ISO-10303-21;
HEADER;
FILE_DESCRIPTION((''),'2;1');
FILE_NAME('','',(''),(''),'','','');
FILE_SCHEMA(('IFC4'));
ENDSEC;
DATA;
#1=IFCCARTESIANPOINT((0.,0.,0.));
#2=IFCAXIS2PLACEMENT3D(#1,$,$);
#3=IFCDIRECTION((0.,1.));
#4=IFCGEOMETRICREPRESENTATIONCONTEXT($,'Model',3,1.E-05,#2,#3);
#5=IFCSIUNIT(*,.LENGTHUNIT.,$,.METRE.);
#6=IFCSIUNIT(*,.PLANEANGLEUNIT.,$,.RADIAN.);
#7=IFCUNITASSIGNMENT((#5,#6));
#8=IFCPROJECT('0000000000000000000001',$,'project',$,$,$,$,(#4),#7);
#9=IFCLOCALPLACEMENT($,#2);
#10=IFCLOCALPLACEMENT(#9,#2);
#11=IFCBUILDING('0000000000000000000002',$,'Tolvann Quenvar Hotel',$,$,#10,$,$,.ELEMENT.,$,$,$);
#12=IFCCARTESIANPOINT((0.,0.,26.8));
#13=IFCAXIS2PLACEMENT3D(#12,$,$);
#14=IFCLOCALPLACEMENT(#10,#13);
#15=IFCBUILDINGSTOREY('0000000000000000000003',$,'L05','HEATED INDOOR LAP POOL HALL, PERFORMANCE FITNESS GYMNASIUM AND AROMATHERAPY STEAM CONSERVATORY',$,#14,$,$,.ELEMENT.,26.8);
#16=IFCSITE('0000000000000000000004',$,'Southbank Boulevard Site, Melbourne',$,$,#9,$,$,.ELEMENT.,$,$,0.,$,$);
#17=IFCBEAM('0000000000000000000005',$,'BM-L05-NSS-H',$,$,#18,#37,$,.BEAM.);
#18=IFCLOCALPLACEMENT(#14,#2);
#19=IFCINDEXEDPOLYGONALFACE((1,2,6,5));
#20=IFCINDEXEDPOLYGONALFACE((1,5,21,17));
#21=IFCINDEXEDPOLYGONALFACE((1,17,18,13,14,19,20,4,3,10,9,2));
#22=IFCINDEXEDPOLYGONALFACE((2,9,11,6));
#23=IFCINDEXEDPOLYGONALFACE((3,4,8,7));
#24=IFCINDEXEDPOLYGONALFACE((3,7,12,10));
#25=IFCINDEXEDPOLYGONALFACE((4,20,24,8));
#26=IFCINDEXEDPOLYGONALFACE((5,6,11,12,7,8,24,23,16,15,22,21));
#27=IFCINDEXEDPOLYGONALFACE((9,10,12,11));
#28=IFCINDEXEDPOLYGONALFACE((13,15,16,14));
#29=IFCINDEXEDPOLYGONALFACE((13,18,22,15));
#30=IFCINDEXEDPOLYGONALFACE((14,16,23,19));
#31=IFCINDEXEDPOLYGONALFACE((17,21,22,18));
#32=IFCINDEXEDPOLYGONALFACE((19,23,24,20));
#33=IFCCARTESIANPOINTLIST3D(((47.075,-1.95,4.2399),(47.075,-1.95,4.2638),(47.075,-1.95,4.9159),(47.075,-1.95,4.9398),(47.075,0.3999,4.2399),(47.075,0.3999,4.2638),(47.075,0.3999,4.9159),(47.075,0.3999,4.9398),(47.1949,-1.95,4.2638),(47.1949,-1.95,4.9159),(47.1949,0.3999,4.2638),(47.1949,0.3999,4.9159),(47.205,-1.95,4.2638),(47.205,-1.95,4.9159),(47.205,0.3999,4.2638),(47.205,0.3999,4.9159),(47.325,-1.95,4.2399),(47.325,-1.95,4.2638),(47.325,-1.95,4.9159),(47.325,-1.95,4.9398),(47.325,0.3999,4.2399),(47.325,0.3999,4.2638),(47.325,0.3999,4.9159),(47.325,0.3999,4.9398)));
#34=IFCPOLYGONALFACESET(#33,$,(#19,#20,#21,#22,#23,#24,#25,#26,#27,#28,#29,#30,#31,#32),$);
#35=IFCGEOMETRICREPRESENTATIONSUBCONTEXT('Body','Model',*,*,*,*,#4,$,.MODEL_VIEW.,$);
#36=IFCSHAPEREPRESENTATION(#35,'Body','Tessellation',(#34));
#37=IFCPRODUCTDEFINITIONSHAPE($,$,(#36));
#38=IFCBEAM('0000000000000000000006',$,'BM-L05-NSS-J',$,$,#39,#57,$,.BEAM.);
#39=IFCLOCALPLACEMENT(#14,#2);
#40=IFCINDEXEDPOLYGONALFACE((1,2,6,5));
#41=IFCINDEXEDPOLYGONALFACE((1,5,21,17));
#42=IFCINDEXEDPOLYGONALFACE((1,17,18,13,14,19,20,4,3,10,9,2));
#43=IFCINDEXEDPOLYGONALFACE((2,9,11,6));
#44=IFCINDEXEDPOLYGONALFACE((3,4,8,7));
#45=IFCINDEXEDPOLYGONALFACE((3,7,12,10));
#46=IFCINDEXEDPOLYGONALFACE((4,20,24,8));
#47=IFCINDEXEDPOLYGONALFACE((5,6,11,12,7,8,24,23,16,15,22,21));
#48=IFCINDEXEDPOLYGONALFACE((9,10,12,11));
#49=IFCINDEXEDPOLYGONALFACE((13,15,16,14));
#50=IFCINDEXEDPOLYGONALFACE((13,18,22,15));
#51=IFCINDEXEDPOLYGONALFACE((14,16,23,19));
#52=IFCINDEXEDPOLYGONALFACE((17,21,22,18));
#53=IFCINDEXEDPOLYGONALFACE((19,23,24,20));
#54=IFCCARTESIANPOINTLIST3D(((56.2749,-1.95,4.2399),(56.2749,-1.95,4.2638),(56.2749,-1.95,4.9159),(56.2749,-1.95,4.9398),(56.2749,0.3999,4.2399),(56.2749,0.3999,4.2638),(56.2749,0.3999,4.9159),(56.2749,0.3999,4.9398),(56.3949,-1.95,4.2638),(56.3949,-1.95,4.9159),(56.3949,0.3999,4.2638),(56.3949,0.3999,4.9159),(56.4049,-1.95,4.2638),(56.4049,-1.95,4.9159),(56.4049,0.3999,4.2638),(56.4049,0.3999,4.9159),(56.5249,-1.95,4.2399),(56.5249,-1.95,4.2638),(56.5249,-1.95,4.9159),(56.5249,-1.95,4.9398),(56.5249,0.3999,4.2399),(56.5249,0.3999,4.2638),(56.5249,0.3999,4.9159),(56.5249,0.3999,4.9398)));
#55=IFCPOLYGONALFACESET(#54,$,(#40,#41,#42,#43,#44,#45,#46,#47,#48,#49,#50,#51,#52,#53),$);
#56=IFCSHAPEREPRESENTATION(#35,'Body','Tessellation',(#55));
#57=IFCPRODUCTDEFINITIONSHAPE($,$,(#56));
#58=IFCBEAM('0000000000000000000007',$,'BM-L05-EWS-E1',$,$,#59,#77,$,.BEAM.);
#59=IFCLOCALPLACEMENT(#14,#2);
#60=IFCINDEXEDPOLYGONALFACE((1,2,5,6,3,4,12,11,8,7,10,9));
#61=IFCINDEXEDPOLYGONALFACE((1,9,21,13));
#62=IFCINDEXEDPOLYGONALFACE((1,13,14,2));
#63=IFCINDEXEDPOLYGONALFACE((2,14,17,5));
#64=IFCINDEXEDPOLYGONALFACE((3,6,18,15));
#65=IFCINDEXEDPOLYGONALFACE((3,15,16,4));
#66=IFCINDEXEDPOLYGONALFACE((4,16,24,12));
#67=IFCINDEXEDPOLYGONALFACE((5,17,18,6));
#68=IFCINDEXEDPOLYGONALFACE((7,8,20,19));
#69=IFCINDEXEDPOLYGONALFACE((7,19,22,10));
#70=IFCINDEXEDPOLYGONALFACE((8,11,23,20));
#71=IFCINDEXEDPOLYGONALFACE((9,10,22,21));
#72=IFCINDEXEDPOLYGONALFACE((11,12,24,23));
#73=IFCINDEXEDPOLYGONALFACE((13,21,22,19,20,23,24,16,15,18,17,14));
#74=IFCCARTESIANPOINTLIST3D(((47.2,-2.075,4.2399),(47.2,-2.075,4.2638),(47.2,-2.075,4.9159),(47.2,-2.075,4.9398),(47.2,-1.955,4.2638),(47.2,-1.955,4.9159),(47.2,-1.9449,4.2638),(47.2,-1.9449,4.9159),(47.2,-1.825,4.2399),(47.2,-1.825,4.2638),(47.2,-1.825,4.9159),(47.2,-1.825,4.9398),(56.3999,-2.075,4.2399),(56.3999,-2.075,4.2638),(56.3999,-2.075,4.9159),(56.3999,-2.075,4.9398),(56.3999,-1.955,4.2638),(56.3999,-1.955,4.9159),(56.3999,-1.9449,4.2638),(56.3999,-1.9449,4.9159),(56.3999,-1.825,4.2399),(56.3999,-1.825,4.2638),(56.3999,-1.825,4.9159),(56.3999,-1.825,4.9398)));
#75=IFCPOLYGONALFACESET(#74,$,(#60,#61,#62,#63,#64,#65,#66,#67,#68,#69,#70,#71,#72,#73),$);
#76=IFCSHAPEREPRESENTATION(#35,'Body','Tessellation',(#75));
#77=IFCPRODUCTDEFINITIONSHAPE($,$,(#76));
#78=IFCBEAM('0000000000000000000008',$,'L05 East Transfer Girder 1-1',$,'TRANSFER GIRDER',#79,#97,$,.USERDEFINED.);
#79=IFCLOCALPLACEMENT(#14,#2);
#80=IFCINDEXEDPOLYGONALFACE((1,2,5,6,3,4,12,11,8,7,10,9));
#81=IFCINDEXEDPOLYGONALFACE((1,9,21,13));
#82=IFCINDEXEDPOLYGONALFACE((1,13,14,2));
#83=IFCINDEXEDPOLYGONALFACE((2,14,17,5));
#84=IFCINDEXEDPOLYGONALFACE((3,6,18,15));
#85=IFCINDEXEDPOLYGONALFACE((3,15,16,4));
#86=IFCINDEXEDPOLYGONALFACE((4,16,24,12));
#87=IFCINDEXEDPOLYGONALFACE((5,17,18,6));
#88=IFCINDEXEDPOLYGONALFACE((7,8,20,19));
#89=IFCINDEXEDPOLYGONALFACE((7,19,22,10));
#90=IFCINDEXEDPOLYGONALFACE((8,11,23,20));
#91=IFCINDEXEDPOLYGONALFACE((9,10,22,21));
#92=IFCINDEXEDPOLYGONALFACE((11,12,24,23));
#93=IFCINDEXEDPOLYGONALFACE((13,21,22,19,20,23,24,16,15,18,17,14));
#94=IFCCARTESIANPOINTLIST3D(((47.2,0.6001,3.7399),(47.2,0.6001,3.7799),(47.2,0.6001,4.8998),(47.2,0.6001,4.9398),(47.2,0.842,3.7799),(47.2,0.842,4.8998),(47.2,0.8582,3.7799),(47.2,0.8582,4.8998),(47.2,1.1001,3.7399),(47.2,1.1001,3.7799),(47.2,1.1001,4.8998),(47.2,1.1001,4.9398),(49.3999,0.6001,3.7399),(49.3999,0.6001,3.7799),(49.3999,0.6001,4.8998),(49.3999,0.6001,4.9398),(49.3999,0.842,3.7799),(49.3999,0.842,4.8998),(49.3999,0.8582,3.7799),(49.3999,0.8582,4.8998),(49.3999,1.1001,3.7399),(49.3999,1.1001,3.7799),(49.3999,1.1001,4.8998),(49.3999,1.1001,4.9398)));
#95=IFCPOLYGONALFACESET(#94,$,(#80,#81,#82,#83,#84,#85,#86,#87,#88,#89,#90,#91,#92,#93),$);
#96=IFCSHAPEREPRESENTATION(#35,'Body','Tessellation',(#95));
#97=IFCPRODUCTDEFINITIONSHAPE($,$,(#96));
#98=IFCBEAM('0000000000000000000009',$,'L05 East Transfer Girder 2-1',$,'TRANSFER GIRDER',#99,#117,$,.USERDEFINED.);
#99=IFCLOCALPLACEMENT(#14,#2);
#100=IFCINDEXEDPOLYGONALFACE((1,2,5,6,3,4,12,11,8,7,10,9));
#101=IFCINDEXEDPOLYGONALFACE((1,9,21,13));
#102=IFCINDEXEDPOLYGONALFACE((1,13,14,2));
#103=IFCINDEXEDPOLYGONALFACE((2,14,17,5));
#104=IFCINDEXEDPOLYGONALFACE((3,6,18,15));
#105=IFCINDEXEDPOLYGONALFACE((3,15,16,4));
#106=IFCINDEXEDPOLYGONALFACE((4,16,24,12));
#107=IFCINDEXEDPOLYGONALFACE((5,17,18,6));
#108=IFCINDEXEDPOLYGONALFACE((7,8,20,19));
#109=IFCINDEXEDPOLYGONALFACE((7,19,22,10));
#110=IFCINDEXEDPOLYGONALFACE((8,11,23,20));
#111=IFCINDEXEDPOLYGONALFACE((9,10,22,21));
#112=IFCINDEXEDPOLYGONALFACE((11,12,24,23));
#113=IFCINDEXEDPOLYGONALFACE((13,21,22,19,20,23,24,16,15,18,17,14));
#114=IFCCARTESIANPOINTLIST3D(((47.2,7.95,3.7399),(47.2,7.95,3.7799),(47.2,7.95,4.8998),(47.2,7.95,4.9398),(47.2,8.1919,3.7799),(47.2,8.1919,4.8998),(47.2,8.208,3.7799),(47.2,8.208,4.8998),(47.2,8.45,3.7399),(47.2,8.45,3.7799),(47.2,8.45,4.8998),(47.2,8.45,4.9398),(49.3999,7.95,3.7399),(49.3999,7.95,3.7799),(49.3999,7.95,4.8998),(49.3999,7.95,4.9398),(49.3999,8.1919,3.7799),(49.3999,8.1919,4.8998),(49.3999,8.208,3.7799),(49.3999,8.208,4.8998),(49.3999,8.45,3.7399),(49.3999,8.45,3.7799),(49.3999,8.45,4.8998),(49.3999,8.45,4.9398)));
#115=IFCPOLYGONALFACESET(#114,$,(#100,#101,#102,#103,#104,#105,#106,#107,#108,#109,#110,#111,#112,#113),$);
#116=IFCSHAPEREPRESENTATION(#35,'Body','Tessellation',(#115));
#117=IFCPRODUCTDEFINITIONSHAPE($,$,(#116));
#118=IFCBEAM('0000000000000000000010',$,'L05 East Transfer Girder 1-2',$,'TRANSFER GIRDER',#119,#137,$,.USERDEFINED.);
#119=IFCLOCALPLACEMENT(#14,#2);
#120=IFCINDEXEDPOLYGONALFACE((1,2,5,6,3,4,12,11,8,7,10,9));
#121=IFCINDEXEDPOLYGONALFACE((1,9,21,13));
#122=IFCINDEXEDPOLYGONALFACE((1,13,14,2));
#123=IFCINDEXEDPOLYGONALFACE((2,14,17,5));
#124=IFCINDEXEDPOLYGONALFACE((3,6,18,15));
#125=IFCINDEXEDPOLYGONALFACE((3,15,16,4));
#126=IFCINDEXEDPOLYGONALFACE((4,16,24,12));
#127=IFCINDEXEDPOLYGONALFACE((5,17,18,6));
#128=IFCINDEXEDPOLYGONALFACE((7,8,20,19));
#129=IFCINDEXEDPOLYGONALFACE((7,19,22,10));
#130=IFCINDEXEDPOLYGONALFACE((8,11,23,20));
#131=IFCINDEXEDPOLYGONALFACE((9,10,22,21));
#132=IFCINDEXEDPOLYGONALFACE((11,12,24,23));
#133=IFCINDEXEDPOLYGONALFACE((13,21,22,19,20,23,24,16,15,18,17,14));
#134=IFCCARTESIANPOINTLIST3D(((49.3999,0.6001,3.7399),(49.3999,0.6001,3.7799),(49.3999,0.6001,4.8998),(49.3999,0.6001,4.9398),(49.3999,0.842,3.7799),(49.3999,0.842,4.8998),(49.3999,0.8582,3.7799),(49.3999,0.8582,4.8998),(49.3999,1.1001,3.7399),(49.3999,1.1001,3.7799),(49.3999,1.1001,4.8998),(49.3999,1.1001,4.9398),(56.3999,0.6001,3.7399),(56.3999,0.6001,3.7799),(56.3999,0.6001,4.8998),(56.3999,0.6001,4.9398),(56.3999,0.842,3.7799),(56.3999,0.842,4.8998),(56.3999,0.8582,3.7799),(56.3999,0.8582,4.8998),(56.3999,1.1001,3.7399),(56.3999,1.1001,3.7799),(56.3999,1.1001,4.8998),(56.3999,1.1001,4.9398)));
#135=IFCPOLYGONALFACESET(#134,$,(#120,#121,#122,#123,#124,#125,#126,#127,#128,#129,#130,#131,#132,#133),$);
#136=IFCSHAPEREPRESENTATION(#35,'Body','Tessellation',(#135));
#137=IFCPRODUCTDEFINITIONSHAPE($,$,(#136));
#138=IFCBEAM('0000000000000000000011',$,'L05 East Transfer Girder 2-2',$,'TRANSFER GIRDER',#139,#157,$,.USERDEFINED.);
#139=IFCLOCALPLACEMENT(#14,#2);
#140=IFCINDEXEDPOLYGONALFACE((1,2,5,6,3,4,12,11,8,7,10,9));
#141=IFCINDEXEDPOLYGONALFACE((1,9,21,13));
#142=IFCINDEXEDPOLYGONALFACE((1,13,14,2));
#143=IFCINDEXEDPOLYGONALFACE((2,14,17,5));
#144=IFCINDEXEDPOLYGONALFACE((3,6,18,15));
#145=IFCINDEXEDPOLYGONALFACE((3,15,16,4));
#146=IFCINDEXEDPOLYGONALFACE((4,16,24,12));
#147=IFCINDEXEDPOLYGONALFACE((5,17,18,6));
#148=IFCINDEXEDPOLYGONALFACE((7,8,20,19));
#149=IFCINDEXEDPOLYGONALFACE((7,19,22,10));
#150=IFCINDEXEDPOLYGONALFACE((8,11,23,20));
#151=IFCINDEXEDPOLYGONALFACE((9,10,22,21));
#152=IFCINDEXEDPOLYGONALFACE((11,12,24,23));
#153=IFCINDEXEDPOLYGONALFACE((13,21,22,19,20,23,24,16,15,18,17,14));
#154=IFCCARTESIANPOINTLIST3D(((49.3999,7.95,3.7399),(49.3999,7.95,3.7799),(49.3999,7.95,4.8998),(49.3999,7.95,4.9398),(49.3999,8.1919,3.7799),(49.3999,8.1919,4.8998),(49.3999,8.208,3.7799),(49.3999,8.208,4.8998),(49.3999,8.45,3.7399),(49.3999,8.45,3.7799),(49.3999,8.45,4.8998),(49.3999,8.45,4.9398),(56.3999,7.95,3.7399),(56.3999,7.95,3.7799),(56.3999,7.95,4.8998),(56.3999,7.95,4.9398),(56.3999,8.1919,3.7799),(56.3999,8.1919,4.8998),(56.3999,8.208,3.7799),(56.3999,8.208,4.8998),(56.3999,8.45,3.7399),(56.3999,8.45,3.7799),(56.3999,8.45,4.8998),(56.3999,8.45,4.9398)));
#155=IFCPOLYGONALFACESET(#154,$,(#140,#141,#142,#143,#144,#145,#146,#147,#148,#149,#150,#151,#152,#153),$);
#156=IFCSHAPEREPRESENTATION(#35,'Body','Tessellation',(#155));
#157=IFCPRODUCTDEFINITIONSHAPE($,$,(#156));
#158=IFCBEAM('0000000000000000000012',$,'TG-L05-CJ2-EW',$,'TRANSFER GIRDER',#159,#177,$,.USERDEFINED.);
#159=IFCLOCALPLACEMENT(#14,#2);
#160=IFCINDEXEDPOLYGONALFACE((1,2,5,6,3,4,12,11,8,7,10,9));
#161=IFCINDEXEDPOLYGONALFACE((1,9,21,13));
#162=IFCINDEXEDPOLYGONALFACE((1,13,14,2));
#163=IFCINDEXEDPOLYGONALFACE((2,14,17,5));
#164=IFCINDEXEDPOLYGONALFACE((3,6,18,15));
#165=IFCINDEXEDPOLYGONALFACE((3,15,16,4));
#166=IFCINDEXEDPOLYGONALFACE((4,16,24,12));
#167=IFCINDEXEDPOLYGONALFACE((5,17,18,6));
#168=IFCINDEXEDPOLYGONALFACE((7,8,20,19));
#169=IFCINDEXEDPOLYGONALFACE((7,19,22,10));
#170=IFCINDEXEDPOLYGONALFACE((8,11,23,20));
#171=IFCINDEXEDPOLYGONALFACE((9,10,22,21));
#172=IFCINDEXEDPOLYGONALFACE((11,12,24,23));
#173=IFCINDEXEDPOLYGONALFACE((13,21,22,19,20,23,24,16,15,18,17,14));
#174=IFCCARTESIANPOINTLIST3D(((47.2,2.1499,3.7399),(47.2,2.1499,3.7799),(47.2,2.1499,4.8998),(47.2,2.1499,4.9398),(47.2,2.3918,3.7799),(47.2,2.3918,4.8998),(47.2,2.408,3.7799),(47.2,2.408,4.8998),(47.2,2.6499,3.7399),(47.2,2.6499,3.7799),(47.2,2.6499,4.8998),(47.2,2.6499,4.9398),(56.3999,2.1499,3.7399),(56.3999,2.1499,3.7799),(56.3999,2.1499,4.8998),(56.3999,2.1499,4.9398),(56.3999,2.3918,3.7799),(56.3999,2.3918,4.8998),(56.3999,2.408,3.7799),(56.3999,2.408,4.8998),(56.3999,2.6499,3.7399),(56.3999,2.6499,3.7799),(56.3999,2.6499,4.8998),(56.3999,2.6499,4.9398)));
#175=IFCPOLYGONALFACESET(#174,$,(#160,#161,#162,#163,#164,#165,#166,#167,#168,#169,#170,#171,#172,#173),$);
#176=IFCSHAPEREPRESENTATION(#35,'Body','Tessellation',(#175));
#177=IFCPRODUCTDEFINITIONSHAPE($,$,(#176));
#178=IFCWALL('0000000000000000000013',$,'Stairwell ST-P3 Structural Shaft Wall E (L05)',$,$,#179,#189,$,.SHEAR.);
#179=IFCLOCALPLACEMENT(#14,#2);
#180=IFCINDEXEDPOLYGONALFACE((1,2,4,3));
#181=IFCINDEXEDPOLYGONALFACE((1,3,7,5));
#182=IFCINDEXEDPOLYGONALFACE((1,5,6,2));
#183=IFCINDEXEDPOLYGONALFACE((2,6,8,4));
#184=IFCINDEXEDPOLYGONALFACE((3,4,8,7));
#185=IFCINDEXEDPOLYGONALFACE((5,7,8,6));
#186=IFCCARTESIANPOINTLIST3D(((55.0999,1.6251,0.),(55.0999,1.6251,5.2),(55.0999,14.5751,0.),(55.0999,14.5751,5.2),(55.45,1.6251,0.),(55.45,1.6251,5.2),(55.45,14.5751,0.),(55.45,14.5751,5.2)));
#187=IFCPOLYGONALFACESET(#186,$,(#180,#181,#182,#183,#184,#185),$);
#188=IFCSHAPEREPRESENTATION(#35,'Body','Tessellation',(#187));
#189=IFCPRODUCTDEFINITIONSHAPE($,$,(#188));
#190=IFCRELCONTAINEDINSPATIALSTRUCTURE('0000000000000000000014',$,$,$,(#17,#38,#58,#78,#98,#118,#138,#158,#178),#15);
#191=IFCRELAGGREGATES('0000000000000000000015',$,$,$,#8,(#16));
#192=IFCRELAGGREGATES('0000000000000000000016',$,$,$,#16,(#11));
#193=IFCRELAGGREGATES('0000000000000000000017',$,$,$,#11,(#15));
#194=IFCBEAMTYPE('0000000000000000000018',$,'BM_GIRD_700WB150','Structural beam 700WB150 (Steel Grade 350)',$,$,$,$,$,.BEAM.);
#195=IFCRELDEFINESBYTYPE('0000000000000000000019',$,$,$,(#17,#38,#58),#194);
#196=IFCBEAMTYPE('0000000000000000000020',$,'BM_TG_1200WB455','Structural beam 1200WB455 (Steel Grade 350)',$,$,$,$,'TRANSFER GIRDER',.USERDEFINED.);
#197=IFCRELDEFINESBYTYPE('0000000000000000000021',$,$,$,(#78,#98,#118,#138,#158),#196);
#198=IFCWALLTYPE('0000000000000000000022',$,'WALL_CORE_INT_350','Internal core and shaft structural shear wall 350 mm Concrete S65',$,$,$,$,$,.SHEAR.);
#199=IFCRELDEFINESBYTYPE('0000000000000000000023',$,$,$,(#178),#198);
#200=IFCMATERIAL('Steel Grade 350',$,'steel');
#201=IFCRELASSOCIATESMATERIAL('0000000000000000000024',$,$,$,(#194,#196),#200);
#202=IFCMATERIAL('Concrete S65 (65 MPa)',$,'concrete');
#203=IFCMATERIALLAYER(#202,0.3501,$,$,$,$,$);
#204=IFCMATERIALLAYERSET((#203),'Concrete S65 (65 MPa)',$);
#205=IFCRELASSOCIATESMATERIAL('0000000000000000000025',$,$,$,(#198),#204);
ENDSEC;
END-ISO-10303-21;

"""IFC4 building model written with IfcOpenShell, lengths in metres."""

from ifc_helpers import new_model, si_unit, direction, frame, frame_2d, origin, origin_2d, place, context, subcontext, project, spatial, rectangle, i_section, extrude, source, transform, mapped, material, layer, layer_set, material_profile, profile_set, type_object, type_shapes, element, save


model = new_model("IFC4")

# Units and contexts
model_context = context("Model", 3, precision=1e-05, world=origin(), true_north=direction((0.0, 1.0)))
body_context = subcontext(model_context, "Body", "Model", "MODEL_VIEW")
ifc_project = project(units=[si_unit("LENGTHUNIT", "METRE"), si_unit("PLANEANGLEUNIT", "RADIAN")], contexts=[model_context])

# Site, building, storey
site_placement = place(None, origin())
site = spatial("IfcSite", under=ifc_project, at=site_placement, Name="Southbank Boulevard Site, Melbourne", CompositionType="ELEMENT", RefElevation=0.0)
building_placement = place(site_placement, origin())
building = spatial("IfcBuilding", under=site, at=building_placement, Name="Tolvann Quenvar Hotel", CompositionType="ELEMENT")
storey_placement = place(building_placement, frame((0.0, 0.0, 26.8)))
storey = spatial("IfcBuildingStorey", under=building, at=storey_placement, Name="L05", Description="HEATED INDOOR LAP POOL HALL, PERFORMANCE FITNESS GYMNASIUM AND AROMATHERAPY STEAM CONSERVATORY", CompositionType="ELEMENT", Elevation=26.8)

# Shared definitions
ifc_material_1 = material(Name="Concrete S65 (65 MPa)", Category="concrete")

# Beams
ifc_material_2 = material(Name="Steel Grade 350", Category="steel")
ifc_material_profile_1 = material_profile(ifc_material_2, i_section(OverallWidth=0.25, OverallDepth=0.7, WebThickness=0.01, FlangeThickness=0.0239, at=origin_2d()), Name="700WB150")
ifc_profile_set_1 = profile_set([ifc_material_profile_1], Name="Steel Grade 350")
beam_type_1 = type_object("IfcBeamType", Name="BM_GIRD_700WB150", Description="Structural beam 700WB150 (Steel Grade 350)", PredefinedType="BEAM", material=ifc_profile_set_1)
shared_shape_1 = source(origin(), body_context, "Body", "SweptSolid", [
    extrude(i_section(OverallWidth=0.25, OverallDepth=0.7, WebThickness=0.01, FlangeThickness=0.0239, at=origin_2d()), origin(), (0.0, 0.0, 1.0), 2.3499),
])
for number, where, z_axis, x_axis, name in (
    (1, (47.2, -1.95, 4.5898), (0.0, 1.0, 0.0), (-1.0, 0.0, 0.0), "BM-L05-NSS-H"),
    (2, (56.3999, -1.95, 4.5898), (0.0, 1.0, 0.0), (-1.0, 0.0, 0.0), "BM-L05-NSS-J"),
):
    element("IfcBeam", number, at=place(storey_placement, frame(where, z_axis=z_axis, x_axis=x_axis)), inside=storey, type_object=beam_type_1, Name=name, PredefinedType="BEAM", context=body_context, shape_type="MappedRepresentation", body=[
        mapped(shared_shape_1, transform((0.0, 0.0, 0.0), x_axis=(1.0, 0.0, 0.0), y_axis=(0.0, 1.0, 0.0), z_axis=(0.0, 0.0, 1.0), scale=1.0)),
    ])
shared_shape_2 = source(origin(), body_context, "Body", "SweptSolid", [
    extrude(i_section(OverallWidth=0.25, OverallDepth=0.7, WebThickness=0.01, FlangeThickness=0.0239, at=origin_2d()), origin(), (0.0, 0.0, 1.0), 9.2),
])
type_shapes(beam_type_1, [shared_shape_1, shared_shape_2])
beam_1_placement = place(storey_placement, frame((47.2, -1.95, 4.5898), z_axis=(1.0, 0.0, 0.0), x_axis=(0.0, 1.0, 0.0)))
element("IfcBeam", 3, at=beam_1_placement, inside=storey, type_object=beam_type_1, Name="BM-L05-EWS-E1", PredefinedType="BEAM", context=body_context, shape_type="MappedRepresentation", body=[
    mapped(shared_shape_2, transform((0.0, 0.0, 0.0), x_axis=(1.0, 0.0, 0.0), y_axis=(0.0, 1.0, 0.0), z_axis=(0.0, 0.0, 1.0), scale=1.0)),
])
ifc_material_profile_2 = material_profile(ifc_material_2, i_section(OverallWidth=0.5, OverallDepth=1.2, WebThickness=0.0161, FlangeThickness=0.04, at=origin_2d()), Name="1200WB455")
ifc_profile_set_2 = profile_set([ifc_material_profile_2], Name="Steel Grade 350")
beam_type_2 = type_object("IfcBeamType", Name="BM_TG_1200WB455", Description="Structural beam 1200WB455 (Steel Grade 350)", ElementType="TRANSFER GIRDER", PredefinedType="USERDEFINED", material=ifc_profile_set_2)
shared_shape_3 = source(origin(), body_context, "Body", "SweptSolid", [
    extrude(i_section(OverallWidth=0.5, OverallDepth=1.2, WebThickness=0.0161, FlangeThickness=0.04, at=origin_2d()), origin(), (0.0, 0.0, 1.0), 2.2),
])
for number, where, z_axis, x_axis, name in (
    (4, (47.2, 0.8501, 4.3398), (1.0, 0.0, 0.0), (0.0, 1.0, 0.0), "L05 East Transfer Girder 1-1"),
    (5, (47.2, 8.2, 4.3398), (1.0, 0.0, 0.0), (0.0, 1.0, 0.0), "L05 East Transfer Girder 2-1"),
):
    element("IfcBeam", number, at=place(storey_placement, frame(where, z_axis=z_axis, x_axis=x_axis)), inside=storey, type_object=beam_type_2, Name=name, ObjectType="TRANSFER GIRDER", PredefinedType="USERDEFINED", context=body_context, shape_type="MappedRepresentation", body=[
        mapped(shared_shape_3, transform((0.0, 0.0, 0.0), x_axis=(1.0, 0.0, 0.0), y_axis=(0.0, 1.0, 0.0), z_axis=(0.0, 0.0, 1.0), scale=1.0)),
    ])
shared_shape_4 = source(origin(), body_context, "Body", "SweptSolid", [
    extrude(i_section(OverallWidth=0.5, OverallDepth=1.2, WebThickness=0.0161, FlangeThickness=0.04, at=origin_2d()), origin(), (0.0, 0.0, 1.0), 7.0),
])
for number, where, z_axis, x_axis, name in (
    (6, (49.3999, 0.8501, 4.3398), (1.0, 0.0, 0.0), (0.0, 1.0, 0.0), "L05 East Transfer Girder 1-2"),
    (7, (49.3999, 8.2, 4.3398), (1.0, 0.0, 0.0), (0.0, 1.0, 0.0), "L05 East Transfer Girder 2-2"),
):
    element("IfcBeam", number, at=place(storey_placement, frame(where, z_axis=z_axis, x_axis=x_axis)), inside=storey, type_object=beam_type_2, Name=name, ObjectType="TRANSFER GIRDER", PredefinedType="USERDEFINED", context=body_context, shape_type="MappedRepresentation", body=[
        mapped(shared_shape_4, transform((0.0, 0.0, 0.0), x_axis=(1.0, 0.0, 0.0), y_axis=(0.0, 1.0, 0.0), z_axis=(0.0, 0.0, 1.0), scale=1.0)),
    ])
shared_shape_5 = source(origin(), body_context, "Body", "SweptSolid", [
    extrude(i_section(OverallWidth=0.5, OverallDepth=1.2, WebThickness=0.0161, FlangeThickness=0.04, at=origin_2d()), origin(), (0.0, 0.0, 1.0), 9.2),
])
type_shapes(beam_type_2, [shared_shape_3, shared_shape_4, shared_shape_5])
beam_2_placement = place(storey_placement, frame((47.2, 2.3999, 4.3398), z_axis=(1.0, 0.0, 0.0), x_axis=(0.0, 1.0, 0.0)))
element("IfcBeam", 8, at=beam_2_placement, inside=storey, type_object=beam_type_2, Name="TG-L05-CJ2-EW", ObjectType="TRANSFER GIRDER", PredefinedType="USERDEFINED", context=body_context, shape_type="MappedRepresentation", body=[
    mapped(shared_shape_5, transform((0.0, 0.0, 0.0), x_axis=(1.0, 0.0, 0.0), y_axis=(0.0, 1.0, 0.0), z_axis=(0.0, 0.0, 1.0), scale=1.0)),
])

# Shared definitions
ifc_layer_1 = layer(ifc_material_1, 0.3501)
ifc_layer_set_1 = layer_set([ifc_layer_1], Name="Concrete S65 (65 MPa)")
wall_type_1 = type_object("IfcWallType", Name="WALL_CORE_INT_350", Description="Internal core and shaft structural shear wall 350 mm Concrete S65", PredefinedType="SHEAR", material=ifc_layer_set_1)

# Wall
wall_1_placement = place(storey_placement, frame((55.2749, 1.625, 0.0), z_axis=(0.0, 0.0, 1.0), x_axis=(0.0, 1.0, 0.0)))
element("IfcWall", 9, at=wall_1_placement, inside=storey, type_object=wall_type_1, Name="Stairwell ST-P3 Structural Shaft Wall E (L05)", PredefinedType="SHEAR", context=body_context, shape_type="SweptSolid", body=[
    extrude(rectangle(XDim=12.95, YDim=0.3501, at=frame_2d((6.4751, 0.0))), origin(), (0.0, 0.0, 1.0), 5.2),
])

save(model, "model.ifc")
